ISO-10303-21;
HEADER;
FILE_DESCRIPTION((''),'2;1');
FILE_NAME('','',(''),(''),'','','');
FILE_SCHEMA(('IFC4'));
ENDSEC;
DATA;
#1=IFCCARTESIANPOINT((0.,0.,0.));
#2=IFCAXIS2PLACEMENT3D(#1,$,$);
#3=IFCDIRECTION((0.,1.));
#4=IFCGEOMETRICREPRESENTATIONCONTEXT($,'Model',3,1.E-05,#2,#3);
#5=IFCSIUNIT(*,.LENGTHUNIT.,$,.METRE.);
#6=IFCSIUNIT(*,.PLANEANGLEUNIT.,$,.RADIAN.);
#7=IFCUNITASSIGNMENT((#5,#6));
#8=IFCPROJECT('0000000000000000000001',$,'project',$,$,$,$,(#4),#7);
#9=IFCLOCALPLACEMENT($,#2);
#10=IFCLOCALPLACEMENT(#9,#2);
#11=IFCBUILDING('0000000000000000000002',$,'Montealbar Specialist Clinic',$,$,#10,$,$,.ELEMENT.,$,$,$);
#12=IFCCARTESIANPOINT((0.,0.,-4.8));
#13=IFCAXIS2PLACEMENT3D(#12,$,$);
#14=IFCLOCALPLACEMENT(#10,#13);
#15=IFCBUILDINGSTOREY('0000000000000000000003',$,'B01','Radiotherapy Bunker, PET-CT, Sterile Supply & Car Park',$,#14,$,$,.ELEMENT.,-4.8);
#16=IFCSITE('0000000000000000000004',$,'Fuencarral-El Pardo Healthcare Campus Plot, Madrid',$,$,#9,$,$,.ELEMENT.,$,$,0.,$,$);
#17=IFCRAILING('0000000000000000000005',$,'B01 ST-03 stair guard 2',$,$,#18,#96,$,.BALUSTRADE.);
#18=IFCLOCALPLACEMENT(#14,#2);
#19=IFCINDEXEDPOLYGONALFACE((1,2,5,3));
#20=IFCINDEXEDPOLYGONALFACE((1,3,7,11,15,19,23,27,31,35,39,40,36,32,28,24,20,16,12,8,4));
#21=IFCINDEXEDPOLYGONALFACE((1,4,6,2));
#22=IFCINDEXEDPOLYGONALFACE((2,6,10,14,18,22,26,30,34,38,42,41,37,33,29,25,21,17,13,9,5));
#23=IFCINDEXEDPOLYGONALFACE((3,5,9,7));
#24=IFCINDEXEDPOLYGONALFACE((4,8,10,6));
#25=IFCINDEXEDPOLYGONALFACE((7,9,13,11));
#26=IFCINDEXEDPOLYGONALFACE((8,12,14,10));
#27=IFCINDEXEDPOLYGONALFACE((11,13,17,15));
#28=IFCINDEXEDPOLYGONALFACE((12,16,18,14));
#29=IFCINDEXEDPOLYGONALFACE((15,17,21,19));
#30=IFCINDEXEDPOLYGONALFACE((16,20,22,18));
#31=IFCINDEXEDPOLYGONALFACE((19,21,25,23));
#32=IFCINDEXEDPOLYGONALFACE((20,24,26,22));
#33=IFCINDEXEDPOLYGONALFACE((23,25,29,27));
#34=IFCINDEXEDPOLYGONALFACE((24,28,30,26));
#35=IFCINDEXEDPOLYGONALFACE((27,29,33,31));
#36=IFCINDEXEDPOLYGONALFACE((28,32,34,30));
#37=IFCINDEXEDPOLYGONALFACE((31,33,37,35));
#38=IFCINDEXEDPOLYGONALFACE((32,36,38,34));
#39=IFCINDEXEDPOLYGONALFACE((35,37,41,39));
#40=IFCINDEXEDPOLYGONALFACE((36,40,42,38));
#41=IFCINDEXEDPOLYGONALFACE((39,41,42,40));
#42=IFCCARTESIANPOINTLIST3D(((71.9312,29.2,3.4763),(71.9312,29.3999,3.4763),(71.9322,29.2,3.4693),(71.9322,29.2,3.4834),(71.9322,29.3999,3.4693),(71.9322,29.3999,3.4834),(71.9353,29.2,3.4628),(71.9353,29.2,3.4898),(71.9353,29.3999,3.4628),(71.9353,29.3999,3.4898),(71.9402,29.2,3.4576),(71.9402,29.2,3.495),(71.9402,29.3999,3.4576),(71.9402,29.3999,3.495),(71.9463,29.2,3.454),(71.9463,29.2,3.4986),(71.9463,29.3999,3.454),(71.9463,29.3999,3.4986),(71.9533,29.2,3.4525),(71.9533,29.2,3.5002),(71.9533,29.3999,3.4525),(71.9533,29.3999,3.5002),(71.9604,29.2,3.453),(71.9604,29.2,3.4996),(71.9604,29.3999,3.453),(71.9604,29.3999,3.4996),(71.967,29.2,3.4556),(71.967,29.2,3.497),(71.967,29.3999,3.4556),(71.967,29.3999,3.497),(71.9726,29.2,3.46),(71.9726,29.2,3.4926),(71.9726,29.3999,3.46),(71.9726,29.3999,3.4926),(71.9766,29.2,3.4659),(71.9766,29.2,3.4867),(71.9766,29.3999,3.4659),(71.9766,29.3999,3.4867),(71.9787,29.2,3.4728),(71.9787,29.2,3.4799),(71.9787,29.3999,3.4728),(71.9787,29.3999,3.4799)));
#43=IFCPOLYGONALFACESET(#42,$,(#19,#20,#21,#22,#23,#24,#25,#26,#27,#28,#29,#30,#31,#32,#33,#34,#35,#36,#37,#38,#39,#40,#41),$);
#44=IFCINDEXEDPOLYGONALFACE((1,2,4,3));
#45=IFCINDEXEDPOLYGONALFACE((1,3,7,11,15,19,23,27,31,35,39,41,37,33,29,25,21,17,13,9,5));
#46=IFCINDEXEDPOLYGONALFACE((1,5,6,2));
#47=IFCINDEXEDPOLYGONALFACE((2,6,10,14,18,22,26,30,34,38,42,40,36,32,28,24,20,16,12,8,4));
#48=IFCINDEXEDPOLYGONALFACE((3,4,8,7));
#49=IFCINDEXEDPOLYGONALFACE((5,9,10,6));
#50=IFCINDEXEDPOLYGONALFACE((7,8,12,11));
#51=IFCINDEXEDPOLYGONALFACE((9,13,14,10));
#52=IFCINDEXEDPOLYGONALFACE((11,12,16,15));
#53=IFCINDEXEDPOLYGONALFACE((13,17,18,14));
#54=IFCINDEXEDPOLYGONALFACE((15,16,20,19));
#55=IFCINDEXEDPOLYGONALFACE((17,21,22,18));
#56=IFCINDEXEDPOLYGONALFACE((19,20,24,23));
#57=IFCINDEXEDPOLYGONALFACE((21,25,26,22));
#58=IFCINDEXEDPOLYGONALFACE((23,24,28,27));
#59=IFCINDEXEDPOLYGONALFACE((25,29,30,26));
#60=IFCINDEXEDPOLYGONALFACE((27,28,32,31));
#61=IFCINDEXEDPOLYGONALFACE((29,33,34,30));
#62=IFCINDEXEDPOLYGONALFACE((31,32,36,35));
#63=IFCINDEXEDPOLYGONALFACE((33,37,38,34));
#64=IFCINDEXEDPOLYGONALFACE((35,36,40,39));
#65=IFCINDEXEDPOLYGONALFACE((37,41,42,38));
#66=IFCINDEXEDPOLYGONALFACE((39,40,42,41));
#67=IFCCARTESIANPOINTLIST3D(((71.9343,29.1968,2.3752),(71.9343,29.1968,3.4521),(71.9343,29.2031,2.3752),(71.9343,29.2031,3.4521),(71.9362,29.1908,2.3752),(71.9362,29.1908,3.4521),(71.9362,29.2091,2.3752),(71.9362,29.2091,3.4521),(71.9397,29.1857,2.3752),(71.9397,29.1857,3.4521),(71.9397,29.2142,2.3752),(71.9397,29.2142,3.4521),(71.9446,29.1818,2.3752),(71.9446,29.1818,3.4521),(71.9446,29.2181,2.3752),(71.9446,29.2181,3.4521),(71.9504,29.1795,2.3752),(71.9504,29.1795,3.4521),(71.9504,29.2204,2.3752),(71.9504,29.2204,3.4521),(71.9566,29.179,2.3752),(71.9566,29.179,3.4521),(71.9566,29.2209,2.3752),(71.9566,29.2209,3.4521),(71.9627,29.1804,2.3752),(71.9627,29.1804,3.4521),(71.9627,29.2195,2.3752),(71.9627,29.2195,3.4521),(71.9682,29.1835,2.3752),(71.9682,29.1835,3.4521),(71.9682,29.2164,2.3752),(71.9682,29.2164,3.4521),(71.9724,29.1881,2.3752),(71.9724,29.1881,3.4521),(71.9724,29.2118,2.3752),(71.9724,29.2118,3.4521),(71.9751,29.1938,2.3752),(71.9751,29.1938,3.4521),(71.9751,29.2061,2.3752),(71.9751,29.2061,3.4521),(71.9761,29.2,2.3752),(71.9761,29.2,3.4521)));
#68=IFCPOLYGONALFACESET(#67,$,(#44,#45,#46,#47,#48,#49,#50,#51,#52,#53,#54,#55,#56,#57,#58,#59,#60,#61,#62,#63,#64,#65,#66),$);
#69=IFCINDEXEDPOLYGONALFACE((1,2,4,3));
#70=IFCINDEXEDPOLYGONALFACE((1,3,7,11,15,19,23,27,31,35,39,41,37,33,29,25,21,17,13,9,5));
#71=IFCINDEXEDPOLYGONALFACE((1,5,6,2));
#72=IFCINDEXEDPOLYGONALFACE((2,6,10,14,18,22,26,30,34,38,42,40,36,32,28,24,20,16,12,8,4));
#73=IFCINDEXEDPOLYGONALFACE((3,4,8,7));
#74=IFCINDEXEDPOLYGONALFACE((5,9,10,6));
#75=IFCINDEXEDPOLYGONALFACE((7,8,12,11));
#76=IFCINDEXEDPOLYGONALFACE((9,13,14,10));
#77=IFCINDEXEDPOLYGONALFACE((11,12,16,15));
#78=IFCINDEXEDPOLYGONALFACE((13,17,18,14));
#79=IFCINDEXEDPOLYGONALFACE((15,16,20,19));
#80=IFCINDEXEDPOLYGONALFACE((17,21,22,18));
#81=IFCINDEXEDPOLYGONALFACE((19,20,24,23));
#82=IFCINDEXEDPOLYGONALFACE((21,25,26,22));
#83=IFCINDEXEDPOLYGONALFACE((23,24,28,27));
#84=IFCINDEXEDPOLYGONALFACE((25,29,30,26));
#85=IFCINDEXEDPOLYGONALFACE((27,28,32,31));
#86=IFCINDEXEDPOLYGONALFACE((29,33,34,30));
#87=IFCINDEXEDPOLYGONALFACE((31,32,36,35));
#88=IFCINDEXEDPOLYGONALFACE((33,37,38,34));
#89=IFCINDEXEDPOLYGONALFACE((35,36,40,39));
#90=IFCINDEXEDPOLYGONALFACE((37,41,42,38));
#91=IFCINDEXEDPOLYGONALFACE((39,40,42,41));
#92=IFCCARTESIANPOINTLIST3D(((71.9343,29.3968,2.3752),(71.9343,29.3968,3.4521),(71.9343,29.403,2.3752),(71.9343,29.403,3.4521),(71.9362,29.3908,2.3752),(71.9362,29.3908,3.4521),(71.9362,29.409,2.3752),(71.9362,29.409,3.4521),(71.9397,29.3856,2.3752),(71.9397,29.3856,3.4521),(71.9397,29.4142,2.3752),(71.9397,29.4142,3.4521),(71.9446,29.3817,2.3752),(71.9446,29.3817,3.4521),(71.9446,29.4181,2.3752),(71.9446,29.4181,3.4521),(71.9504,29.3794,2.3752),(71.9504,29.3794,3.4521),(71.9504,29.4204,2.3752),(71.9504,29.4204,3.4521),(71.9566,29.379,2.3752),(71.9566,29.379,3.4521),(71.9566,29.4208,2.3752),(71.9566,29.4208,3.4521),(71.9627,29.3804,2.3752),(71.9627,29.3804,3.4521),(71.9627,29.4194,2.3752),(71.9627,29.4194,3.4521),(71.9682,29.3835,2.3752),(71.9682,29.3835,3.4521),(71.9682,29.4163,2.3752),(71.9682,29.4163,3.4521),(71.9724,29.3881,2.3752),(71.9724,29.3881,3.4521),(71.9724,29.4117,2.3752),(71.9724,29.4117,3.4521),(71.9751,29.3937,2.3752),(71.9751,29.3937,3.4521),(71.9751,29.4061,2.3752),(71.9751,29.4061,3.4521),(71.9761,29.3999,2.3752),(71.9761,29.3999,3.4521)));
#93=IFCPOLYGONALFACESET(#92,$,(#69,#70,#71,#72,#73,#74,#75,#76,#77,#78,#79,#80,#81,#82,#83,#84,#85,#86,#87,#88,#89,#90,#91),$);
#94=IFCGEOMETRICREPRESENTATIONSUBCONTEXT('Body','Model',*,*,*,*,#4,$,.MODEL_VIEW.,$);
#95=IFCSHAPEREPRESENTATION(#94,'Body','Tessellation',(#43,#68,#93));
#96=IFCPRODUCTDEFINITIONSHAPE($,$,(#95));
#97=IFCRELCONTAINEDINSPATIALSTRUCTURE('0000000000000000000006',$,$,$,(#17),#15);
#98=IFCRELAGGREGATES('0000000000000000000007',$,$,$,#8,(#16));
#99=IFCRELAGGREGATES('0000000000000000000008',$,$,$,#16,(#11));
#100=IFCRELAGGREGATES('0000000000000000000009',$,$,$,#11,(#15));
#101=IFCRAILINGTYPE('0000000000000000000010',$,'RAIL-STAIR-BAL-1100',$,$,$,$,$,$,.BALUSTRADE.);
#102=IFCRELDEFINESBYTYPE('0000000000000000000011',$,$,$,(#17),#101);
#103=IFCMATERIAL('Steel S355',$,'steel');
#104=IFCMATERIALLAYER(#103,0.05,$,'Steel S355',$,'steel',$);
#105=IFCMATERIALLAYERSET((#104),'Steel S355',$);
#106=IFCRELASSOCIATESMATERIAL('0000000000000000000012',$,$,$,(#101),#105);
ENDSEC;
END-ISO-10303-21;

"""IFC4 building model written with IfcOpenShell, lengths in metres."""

from ifc_helpers import new_model, si_unit, direction, frame, origin, origin_2d, place, context, subcontext, project, spatial, circle, extrude, material, layer, layer_set, type_object, element, save


model = new_model("IFC4")

# Units and contexts
model_context = context("Model", 3, precision=1e-05, world=origin(), true_north=direction((0.0, 1.0)))
body_context = subcontext(model_context, "Body", "Model", "MODEL_VIEW")
ifc_project = project(units=[si_unit("LENGTHUNIT", "METRE"), si_unit("PLANEANGLEUNIT", "RADIAN")], contexts=[model_context])

# Site, building, storey
site_placement = place(None, origin())
site = spatial("IfcSite", under=ifc_project, at=site_placement, Name="Fuencarral-El Pardo Healthcare Campus Plot, Madrid", CompositionType="ELEMENT", RefElevation=0.0)
building_placement = place(site_placement, origin())
building = spatial("IfcBuilding", under=site, at=building_placement, Name="Montealbar Specialist Clinic", CompositionType="ELEMENT")
storey_placement = place(building_placement, frame((0.0, 0.0, -4.8)))
storey = spatial("IfcBuildingStorey", under=building, at=storey_placement, Name="B01", Description="Radiotherapy Bunker, PET-CT, Sterile Supply & Car Park", CompositionType="ELEMENT", Elevation=-4.8)

# Shared definitions
ifc_material_1 = material(Name="Steel S355", Category="steel")

# Railing
ifc_layer_1 = layer(ifc_material_1, 0.05, Name="Steel S355", Category="steel")
ifc_layer_set_1 = layer_set([ifc_layer_1], Name="Steel S355")
railing_type_1 = type_object("IfcRailingType", Name="RAIL-STAIR-BAL-1100", PredefinedType="BALUSTRADE", material=ifc_layer_set_1)
railing_1_placement = place(storey_placement, frame((71.9551, 29.2, 2.4001)))
element("IfcRailing", 1, at=railing_1_placement, inside=storey, type_object=railing_type_1, Name="B01 ST-03 stair guard 2", PredefinedType="BALUSTRADE", context=body_context, shape_type="SweptSolid", body=[
    extrude(circle(Radius=0.0239, at=origin_2d()), frame((0.0, 0.0, 1.0762), z_axis=(0.0, 1.0, 0.0), x_axis=(-1.0, 0.0, 0.0)), (0.0, 0.0, 1.0), 0.2),
    extrude(circle(Radius=0.021, at=origin_2d()), frame((0.0, 0.0, -0.0249)), (0.0, 0.0, 1.0), 1.0769),
    extrude(circle(Radius=0.021, at=origin_2d()), frame((0.0, 0.2, -0.0249)), (0.0, 0.0, 1.0), 1.0769),
])

save(model, "model.ifc")
